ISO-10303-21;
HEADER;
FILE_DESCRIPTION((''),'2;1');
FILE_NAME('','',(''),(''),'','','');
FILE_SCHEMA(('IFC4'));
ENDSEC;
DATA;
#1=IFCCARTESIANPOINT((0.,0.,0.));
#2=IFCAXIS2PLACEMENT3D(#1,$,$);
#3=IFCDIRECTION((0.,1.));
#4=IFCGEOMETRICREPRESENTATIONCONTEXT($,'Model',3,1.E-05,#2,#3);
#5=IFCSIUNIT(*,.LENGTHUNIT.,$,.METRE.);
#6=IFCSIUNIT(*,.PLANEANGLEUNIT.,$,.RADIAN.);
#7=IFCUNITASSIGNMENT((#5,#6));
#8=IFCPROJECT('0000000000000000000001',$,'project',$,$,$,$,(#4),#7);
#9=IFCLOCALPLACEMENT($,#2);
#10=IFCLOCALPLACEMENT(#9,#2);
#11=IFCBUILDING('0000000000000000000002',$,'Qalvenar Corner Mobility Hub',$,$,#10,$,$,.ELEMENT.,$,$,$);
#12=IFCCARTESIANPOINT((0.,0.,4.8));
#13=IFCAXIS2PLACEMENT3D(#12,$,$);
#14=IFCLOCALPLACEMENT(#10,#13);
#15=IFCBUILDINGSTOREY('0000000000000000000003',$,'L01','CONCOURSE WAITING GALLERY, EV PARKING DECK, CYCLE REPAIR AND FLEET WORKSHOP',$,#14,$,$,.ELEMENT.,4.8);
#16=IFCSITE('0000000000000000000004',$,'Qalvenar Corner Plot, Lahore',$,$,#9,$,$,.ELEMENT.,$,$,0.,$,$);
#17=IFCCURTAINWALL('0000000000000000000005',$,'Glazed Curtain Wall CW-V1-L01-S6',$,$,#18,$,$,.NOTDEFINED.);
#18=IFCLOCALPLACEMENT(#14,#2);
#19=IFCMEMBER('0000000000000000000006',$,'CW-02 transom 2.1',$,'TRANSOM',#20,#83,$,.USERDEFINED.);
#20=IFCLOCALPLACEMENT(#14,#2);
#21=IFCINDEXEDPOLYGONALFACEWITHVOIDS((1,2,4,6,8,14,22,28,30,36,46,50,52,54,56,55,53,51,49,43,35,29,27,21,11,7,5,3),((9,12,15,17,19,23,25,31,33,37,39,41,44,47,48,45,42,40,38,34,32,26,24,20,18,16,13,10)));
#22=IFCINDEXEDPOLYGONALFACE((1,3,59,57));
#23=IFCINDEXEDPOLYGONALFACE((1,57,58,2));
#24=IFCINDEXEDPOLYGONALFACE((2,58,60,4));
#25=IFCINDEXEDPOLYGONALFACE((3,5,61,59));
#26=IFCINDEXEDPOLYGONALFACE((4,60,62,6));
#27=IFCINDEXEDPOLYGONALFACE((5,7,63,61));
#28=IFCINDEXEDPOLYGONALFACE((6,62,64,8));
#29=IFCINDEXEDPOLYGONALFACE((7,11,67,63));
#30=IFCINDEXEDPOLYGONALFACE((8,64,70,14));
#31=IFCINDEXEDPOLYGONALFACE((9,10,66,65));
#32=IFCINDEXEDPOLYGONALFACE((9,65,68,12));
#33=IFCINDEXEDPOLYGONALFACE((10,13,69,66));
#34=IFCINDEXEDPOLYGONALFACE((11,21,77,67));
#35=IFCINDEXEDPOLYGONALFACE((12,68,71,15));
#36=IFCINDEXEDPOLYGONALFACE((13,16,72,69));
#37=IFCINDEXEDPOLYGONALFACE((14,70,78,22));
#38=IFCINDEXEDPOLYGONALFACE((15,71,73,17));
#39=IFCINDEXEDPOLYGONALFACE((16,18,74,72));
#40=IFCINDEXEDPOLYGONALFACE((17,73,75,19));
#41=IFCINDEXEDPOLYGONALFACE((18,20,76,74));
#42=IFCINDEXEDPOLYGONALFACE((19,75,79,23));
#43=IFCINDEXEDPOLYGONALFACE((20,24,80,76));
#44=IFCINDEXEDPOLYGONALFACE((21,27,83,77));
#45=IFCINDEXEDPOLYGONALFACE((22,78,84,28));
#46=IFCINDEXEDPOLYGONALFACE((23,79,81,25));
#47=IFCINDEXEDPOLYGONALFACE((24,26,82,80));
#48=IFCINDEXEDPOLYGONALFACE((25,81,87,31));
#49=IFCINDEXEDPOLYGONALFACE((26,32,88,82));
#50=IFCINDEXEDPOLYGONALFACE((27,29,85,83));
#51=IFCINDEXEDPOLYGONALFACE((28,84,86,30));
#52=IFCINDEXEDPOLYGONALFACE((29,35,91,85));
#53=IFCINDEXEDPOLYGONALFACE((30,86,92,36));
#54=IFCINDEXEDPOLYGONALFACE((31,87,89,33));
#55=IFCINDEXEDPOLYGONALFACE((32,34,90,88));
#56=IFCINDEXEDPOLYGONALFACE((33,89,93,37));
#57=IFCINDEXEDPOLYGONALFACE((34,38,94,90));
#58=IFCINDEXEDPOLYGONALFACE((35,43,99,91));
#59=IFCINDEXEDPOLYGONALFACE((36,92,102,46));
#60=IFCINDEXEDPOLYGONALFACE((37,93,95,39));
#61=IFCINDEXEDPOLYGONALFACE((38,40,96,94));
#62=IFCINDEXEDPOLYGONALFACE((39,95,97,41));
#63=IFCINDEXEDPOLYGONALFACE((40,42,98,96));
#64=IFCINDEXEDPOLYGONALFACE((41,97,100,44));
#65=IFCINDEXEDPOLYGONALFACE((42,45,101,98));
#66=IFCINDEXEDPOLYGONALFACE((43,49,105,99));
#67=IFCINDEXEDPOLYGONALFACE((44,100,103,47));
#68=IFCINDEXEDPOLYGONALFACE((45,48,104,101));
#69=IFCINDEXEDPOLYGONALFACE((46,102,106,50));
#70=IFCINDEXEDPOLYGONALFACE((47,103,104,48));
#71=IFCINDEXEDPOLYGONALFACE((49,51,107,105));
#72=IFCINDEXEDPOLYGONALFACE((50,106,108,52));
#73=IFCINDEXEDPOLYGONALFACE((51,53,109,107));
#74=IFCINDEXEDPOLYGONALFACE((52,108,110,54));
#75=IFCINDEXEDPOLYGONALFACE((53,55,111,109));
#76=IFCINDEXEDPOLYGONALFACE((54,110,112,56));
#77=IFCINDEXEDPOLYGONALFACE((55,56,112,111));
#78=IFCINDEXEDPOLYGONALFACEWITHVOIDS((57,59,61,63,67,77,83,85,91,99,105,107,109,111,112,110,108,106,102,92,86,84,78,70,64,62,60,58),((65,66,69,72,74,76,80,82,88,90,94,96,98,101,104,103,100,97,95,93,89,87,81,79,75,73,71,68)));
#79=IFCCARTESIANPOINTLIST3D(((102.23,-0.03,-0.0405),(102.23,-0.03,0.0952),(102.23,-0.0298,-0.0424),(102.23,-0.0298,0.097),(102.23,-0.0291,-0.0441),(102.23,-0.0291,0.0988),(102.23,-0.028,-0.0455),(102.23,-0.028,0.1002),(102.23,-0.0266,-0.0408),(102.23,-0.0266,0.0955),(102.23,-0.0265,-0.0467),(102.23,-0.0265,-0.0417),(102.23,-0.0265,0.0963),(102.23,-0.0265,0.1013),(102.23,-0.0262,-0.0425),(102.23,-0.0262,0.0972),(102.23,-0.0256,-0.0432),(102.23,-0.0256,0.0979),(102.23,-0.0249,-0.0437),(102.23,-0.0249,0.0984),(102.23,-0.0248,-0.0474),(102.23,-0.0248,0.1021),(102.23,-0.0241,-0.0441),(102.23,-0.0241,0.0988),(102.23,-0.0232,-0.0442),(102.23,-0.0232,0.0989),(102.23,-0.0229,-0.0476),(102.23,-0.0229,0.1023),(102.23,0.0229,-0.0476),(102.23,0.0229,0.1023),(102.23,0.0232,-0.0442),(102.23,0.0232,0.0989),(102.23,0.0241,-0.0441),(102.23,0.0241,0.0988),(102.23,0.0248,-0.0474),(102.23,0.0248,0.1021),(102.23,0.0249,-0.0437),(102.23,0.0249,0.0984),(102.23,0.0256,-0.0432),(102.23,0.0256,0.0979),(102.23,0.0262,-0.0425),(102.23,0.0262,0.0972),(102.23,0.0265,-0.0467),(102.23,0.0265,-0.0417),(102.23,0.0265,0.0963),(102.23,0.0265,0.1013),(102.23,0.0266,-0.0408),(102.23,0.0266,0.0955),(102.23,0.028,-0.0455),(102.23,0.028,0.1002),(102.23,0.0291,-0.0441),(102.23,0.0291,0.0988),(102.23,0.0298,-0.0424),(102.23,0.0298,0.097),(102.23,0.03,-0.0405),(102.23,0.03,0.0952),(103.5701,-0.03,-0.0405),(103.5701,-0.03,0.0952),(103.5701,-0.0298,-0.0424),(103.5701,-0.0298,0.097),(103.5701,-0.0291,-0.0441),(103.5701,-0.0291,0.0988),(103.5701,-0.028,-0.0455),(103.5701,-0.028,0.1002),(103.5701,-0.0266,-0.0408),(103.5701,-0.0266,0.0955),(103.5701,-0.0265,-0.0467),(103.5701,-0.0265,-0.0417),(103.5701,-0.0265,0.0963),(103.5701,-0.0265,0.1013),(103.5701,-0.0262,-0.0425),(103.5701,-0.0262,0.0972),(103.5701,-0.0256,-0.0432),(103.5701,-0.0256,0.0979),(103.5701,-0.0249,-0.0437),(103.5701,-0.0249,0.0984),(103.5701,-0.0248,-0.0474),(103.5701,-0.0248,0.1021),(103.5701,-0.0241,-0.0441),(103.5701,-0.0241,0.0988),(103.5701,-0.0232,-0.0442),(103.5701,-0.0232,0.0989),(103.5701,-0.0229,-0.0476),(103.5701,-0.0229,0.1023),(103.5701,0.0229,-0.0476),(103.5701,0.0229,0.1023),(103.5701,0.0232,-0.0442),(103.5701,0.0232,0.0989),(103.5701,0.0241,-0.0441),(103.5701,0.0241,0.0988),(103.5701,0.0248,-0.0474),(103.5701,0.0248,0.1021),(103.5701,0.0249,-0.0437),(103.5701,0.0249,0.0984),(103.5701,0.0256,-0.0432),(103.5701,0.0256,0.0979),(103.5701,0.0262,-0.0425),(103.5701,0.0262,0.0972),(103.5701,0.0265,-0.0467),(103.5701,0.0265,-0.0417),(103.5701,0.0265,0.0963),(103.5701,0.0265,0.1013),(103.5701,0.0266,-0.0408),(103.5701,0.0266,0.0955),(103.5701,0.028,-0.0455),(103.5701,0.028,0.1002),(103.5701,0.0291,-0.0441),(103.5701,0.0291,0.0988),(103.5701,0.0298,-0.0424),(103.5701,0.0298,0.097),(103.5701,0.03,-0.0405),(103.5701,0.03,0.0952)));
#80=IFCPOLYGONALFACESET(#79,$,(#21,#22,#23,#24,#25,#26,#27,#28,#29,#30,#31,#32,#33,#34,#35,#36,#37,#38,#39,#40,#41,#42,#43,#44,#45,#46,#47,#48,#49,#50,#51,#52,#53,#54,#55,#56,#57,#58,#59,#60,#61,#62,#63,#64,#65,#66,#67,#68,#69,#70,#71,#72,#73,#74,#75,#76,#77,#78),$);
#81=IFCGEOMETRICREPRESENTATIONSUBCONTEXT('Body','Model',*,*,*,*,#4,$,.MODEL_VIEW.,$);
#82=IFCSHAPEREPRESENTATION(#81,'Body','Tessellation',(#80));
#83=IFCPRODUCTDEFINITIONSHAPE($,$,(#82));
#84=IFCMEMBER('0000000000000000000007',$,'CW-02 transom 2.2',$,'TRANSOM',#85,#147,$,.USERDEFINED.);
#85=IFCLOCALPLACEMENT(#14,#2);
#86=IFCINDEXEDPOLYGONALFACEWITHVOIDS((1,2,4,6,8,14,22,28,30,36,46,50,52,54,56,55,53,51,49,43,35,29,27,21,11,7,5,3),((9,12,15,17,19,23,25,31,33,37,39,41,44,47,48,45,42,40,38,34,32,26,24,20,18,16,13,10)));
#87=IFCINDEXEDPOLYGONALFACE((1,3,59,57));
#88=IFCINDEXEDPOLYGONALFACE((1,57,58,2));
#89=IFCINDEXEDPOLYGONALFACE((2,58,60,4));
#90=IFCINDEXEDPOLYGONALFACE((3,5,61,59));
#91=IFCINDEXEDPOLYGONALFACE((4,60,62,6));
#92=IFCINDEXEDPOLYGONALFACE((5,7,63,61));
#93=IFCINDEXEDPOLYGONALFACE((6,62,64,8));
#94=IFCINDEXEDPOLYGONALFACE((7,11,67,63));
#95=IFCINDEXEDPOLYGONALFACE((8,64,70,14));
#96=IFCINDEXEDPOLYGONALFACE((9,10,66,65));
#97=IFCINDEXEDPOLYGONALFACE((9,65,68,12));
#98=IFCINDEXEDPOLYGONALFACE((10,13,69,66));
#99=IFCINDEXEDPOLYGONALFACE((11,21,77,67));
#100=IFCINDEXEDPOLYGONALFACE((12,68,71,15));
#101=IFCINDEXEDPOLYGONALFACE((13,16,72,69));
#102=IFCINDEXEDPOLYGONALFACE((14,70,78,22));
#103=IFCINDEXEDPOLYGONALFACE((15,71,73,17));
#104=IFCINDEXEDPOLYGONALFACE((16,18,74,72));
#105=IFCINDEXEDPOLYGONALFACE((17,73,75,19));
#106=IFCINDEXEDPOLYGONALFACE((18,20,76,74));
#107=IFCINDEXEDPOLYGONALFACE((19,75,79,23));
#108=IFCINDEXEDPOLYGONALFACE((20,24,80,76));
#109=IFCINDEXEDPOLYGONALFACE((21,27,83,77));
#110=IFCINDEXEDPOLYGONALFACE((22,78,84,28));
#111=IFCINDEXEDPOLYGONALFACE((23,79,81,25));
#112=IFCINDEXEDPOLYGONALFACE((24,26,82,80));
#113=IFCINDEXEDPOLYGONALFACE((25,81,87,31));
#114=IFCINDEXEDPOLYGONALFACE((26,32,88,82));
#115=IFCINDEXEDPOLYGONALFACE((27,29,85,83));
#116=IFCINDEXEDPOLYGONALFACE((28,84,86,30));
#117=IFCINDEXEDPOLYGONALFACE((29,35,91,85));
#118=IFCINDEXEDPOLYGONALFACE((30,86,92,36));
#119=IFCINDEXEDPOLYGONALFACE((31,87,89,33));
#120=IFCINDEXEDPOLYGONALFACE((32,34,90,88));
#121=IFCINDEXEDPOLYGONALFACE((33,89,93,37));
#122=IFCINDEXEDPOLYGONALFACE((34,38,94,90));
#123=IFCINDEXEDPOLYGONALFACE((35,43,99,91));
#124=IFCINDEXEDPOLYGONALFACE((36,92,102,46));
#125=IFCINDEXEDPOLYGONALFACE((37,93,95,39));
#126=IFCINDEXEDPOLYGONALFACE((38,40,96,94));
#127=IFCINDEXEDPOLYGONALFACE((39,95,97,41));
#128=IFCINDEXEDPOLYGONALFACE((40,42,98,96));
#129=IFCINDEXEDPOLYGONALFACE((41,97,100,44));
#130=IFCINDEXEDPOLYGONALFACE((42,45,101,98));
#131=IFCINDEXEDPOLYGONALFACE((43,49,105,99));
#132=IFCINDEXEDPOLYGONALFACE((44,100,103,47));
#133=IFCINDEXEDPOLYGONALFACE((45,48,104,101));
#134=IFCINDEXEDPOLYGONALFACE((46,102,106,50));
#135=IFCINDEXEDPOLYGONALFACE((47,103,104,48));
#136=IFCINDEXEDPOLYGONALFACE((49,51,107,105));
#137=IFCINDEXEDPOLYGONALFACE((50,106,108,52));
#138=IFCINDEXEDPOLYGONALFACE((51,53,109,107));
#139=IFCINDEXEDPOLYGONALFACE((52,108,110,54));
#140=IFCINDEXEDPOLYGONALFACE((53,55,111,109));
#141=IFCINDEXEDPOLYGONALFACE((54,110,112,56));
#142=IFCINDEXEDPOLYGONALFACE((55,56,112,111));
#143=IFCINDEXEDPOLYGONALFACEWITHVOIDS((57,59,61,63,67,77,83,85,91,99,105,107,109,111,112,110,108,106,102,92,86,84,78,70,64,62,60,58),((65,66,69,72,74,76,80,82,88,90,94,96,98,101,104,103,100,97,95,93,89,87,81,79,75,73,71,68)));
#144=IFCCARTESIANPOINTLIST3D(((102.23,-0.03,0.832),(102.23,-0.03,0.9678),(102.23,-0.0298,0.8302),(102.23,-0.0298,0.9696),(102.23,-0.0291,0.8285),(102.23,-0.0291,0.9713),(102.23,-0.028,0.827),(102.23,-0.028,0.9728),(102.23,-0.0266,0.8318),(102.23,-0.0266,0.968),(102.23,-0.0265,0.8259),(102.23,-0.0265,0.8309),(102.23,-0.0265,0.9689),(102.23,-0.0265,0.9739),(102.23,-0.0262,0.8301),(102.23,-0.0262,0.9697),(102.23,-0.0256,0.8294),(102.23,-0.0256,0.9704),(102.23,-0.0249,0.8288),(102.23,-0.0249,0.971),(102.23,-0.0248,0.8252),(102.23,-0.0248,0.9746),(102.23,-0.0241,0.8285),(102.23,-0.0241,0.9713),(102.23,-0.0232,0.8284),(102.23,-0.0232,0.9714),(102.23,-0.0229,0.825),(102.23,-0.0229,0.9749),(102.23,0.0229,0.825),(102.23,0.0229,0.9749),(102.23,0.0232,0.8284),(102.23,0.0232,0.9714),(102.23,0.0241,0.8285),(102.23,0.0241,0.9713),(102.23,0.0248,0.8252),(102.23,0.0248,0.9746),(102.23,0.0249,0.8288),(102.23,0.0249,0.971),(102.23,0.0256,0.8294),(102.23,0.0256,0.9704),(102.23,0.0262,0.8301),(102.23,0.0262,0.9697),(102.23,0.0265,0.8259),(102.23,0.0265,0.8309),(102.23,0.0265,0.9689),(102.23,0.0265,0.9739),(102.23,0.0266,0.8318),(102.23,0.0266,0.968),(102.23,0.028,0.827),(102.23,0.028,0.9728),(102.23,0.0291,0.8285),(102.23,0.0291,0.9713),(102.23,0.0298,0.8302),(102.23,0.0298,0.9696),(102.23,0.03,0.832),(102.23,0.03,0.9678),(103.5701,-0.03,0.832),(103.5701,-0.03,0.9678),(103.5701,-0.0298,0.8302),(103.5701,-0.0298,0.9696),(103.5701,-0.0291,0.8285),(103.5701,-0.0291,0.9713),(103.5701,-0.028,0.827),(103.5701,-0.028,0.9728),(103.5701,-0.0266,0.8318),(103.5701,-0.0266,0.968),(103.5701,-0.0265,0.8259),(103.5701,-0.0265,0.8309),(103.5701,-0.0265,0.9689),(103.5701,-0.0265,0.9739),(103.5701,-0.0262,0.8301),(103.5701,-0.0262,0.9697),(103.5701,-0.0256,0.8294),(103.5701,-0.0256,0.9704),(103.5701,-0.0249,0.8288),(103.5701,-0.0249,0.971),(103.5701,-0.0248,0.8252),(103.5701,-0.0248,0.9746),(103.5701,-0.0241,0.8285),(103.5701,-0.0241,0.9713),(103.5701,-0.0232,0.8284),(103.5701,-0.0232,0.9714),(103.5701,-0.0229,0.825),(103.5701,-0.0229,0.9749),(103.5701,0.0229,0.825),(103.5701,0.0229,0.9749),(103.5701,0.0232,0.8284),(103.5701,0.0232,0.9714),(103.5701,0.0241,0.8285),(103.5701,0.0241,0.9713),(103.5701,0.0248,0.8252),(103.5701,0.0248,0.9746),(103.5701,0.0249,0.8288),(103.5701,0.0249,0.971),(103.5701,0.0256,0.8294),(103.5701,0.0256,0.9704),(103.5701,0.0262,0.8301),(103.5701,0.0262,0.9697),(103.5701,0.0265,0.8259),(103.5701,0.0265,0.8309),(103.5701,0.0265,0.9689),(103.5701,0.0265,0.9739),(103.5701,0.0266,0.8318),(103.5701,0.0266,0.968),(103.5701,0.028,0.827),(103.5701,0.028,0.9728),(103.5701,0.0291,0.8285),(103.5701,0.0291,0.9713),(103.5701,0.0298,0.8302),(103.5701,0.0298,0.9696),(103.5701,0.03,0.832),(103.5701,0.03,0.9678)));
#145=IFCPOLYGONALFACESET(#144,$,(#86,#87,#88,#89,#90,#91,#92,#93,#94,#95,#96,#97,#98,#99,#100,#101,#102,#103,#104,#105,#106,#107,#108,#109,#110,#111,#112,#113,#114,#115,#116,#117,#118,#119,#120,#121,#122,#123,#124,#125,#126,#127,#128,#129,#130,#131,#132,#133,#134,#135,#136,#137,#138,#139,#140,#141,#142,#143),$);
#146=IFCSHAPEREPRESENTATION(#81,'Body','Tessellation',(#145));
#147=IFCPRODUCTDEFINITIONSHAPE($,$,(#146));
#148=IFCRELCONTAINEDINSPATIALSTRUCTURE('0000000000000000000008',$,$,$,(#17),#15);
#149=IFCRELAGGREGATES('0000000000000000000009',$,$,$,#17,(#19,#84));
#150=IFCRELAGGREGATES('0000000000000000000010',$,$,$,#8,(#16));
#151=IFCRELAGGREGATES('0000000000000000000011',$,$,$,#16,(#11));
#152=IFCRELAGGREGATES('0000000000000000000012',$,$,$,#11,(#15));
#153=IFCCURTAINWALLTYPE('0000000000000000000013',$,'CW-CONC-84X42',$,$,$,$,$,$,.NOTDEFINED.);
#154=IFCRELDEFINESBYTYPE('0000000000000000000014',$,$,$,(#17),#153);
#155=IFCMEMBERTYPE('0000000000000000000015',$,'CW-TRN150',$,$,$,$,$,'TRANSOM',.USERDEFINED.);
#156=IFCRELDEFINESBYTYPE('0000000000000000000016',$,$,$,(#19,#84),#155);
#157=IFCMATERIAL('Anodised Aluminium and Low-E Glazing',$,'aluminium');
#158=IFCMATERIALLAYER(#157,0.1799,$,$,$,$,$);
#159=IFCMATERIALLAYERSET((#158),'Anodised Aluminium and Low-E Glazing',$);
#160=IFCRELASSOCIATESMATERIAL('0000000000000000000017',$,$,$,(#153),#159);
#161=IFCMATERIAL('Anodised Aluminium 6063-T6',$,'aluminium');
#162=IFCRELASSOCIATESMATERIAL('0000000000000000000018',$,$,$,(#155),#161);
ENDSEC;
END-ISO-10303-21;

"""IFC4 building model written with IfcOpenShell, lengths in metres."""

from ifc_helpers import new_model, si_unit, direction, frame, origin, origin_2d, place, context, subcontext, project, spatial, hollow_rectangle, extrude, material, layer, layer_set, material_profile, profile_set, type_object, element, aggregate, save


model = new_model("IFC4")

# Units and contexts
model_context = context("Model", 3, precision=1e-05, world=origin(), true_north=direction((0.0, 1.0)))
body_context = subcontext(model_context, "Body", "Model", "MODEL_VIEW")
ifc_project = project(units=[si_unit("LENGTHUNIT", "METRE"), si_unit("PLANEANGLEUNIT", "RADIAN")], contexts=[model_context])

# Site, building, storey
site_placement = place(None, origin())
site = spatial("IfcSite", under=ifc_project, at=site_placement, Name="Qalvenar Corner Plot, Lahore", CompositionType="ELEMENT", RefElevation=0.0)
building_placement = place(site_placement, origin())
building = spatial("IfcBuilding", under=site, at=building_placement, Name="Qalvenar Corner Mobility Hub", CompositionType="ELEMENT")
storey_placement = place(building_placement, frame((0.0, 0.0, 4.8)))
storey = spatial("IfcBuildingStorey", under=building, at=storey_placement, Name="L01", Description="CONCOURSE WAITING GALLERY, EV PARKING DECK, CYCLE REPAIR AND FLEET WORKSHOP", CompositionType="ELEMENT", Elevation=4.8)

# Curtain wall, members
ifc_material_1 = material(Name="Anodised Aluminium and Low-E Glazing", Category="aluminium")
ifc_layer_1 = layer(ifc_material_1, 0.1799)
ifc_layer_set_1 = layer_set([ifc_layer_1], Name="Anodised Aluminium and Low-E Glazing")
curtain_wall_type = type_object("IfcCurtainWallType", Name="CW-CONC-84X42", PredefinedType="NOTDEFINED", material=ifc_layer_set_1)
curtain_wall_placement = place(storey_placement, origin())
curtain_wall = element("IfcCurtainWall", 1, at=curtain_wall_placement, inside=storey, type_object=curtain_wall_type, Name="Glazed Curtain Wall CW-V1-L01-S6", PredefinedType="NOTDEFINED")
ifc_material_2 = material(Name="Anodised Aluminium 6063-T6", Category="aluminium")
ifc_material_profile_1 = material_profile(ifc_material_2, hollow_rectangle(XDim=0.0601, YDim=0.1499, WallThickness=0.0034, InnerFilletRadius=0.0034, OuterFilletRadius=0.0071, at=origin_2d()), Name="RHS150x60x3.5")
ifc_profile_set_1 = profile_set([ifc_material_profile_1], Name="Anodised Aluminium 6063-T6")
member_type_1 = type_object("IfcMemberType", Name="CW-TRN150", ElementType="TRANSOM", PredefinedType="USERDEFINED", material=ifc_profile_set_1)
member_1_placement = place(storey_placement, frame((102.23, 0.0, 0.0273), z_axis=(1.0, 0.0, 0.0), x_axis=(0.0, 1.0, 0.0)))
member_1 = element("IfcMember", 2, at=member_1_placement, type_object=member_type_1, Name="CW-02 transom 2.1", ObjectType="TRANSOM", PredefinedType="USERDEFINED", context=body_context, shape_type="SweptSolid", body=[
    extrude(hollow_rectangle(XDim=0.0601, YDim=0.1499, WallThickness=0.0034, InnerFilletRadius=0.0034, OuterFilletRadius=0.0071, at=origin_2d()), origin(), (0.0, 0.0, 1.0), 1.3401),
])
member_2_placement = place(storey_placement, frame((102.23, 0.0, 0.8999), z_axis=(1.0, 0.0, 0.0), x_axis=(0.0, 1.0, 0.0)))
member_2 = element("IfcMember", 3, at=member_2_placement, type_object=member_type_1, Name="CW-02 transom 2.2", ObjectType="TRANSOM", PredefinedType="USERDEFINED", context=body_context, shape_type="SweptSolid", body=[
    extrude(hollow_rectangle(XDim=0.0601, YDim=0.1499, WallThickness=0.0034, InnerFilletRadius=0.0034, OuterFilletRadius=0.0071, at=origin_2d()), origin(), (0.0, 0.0, 1.0), 1.3401),
])
aggregate(curtain_wall, [member_1, member_2])

save(model, "model.ifc")
